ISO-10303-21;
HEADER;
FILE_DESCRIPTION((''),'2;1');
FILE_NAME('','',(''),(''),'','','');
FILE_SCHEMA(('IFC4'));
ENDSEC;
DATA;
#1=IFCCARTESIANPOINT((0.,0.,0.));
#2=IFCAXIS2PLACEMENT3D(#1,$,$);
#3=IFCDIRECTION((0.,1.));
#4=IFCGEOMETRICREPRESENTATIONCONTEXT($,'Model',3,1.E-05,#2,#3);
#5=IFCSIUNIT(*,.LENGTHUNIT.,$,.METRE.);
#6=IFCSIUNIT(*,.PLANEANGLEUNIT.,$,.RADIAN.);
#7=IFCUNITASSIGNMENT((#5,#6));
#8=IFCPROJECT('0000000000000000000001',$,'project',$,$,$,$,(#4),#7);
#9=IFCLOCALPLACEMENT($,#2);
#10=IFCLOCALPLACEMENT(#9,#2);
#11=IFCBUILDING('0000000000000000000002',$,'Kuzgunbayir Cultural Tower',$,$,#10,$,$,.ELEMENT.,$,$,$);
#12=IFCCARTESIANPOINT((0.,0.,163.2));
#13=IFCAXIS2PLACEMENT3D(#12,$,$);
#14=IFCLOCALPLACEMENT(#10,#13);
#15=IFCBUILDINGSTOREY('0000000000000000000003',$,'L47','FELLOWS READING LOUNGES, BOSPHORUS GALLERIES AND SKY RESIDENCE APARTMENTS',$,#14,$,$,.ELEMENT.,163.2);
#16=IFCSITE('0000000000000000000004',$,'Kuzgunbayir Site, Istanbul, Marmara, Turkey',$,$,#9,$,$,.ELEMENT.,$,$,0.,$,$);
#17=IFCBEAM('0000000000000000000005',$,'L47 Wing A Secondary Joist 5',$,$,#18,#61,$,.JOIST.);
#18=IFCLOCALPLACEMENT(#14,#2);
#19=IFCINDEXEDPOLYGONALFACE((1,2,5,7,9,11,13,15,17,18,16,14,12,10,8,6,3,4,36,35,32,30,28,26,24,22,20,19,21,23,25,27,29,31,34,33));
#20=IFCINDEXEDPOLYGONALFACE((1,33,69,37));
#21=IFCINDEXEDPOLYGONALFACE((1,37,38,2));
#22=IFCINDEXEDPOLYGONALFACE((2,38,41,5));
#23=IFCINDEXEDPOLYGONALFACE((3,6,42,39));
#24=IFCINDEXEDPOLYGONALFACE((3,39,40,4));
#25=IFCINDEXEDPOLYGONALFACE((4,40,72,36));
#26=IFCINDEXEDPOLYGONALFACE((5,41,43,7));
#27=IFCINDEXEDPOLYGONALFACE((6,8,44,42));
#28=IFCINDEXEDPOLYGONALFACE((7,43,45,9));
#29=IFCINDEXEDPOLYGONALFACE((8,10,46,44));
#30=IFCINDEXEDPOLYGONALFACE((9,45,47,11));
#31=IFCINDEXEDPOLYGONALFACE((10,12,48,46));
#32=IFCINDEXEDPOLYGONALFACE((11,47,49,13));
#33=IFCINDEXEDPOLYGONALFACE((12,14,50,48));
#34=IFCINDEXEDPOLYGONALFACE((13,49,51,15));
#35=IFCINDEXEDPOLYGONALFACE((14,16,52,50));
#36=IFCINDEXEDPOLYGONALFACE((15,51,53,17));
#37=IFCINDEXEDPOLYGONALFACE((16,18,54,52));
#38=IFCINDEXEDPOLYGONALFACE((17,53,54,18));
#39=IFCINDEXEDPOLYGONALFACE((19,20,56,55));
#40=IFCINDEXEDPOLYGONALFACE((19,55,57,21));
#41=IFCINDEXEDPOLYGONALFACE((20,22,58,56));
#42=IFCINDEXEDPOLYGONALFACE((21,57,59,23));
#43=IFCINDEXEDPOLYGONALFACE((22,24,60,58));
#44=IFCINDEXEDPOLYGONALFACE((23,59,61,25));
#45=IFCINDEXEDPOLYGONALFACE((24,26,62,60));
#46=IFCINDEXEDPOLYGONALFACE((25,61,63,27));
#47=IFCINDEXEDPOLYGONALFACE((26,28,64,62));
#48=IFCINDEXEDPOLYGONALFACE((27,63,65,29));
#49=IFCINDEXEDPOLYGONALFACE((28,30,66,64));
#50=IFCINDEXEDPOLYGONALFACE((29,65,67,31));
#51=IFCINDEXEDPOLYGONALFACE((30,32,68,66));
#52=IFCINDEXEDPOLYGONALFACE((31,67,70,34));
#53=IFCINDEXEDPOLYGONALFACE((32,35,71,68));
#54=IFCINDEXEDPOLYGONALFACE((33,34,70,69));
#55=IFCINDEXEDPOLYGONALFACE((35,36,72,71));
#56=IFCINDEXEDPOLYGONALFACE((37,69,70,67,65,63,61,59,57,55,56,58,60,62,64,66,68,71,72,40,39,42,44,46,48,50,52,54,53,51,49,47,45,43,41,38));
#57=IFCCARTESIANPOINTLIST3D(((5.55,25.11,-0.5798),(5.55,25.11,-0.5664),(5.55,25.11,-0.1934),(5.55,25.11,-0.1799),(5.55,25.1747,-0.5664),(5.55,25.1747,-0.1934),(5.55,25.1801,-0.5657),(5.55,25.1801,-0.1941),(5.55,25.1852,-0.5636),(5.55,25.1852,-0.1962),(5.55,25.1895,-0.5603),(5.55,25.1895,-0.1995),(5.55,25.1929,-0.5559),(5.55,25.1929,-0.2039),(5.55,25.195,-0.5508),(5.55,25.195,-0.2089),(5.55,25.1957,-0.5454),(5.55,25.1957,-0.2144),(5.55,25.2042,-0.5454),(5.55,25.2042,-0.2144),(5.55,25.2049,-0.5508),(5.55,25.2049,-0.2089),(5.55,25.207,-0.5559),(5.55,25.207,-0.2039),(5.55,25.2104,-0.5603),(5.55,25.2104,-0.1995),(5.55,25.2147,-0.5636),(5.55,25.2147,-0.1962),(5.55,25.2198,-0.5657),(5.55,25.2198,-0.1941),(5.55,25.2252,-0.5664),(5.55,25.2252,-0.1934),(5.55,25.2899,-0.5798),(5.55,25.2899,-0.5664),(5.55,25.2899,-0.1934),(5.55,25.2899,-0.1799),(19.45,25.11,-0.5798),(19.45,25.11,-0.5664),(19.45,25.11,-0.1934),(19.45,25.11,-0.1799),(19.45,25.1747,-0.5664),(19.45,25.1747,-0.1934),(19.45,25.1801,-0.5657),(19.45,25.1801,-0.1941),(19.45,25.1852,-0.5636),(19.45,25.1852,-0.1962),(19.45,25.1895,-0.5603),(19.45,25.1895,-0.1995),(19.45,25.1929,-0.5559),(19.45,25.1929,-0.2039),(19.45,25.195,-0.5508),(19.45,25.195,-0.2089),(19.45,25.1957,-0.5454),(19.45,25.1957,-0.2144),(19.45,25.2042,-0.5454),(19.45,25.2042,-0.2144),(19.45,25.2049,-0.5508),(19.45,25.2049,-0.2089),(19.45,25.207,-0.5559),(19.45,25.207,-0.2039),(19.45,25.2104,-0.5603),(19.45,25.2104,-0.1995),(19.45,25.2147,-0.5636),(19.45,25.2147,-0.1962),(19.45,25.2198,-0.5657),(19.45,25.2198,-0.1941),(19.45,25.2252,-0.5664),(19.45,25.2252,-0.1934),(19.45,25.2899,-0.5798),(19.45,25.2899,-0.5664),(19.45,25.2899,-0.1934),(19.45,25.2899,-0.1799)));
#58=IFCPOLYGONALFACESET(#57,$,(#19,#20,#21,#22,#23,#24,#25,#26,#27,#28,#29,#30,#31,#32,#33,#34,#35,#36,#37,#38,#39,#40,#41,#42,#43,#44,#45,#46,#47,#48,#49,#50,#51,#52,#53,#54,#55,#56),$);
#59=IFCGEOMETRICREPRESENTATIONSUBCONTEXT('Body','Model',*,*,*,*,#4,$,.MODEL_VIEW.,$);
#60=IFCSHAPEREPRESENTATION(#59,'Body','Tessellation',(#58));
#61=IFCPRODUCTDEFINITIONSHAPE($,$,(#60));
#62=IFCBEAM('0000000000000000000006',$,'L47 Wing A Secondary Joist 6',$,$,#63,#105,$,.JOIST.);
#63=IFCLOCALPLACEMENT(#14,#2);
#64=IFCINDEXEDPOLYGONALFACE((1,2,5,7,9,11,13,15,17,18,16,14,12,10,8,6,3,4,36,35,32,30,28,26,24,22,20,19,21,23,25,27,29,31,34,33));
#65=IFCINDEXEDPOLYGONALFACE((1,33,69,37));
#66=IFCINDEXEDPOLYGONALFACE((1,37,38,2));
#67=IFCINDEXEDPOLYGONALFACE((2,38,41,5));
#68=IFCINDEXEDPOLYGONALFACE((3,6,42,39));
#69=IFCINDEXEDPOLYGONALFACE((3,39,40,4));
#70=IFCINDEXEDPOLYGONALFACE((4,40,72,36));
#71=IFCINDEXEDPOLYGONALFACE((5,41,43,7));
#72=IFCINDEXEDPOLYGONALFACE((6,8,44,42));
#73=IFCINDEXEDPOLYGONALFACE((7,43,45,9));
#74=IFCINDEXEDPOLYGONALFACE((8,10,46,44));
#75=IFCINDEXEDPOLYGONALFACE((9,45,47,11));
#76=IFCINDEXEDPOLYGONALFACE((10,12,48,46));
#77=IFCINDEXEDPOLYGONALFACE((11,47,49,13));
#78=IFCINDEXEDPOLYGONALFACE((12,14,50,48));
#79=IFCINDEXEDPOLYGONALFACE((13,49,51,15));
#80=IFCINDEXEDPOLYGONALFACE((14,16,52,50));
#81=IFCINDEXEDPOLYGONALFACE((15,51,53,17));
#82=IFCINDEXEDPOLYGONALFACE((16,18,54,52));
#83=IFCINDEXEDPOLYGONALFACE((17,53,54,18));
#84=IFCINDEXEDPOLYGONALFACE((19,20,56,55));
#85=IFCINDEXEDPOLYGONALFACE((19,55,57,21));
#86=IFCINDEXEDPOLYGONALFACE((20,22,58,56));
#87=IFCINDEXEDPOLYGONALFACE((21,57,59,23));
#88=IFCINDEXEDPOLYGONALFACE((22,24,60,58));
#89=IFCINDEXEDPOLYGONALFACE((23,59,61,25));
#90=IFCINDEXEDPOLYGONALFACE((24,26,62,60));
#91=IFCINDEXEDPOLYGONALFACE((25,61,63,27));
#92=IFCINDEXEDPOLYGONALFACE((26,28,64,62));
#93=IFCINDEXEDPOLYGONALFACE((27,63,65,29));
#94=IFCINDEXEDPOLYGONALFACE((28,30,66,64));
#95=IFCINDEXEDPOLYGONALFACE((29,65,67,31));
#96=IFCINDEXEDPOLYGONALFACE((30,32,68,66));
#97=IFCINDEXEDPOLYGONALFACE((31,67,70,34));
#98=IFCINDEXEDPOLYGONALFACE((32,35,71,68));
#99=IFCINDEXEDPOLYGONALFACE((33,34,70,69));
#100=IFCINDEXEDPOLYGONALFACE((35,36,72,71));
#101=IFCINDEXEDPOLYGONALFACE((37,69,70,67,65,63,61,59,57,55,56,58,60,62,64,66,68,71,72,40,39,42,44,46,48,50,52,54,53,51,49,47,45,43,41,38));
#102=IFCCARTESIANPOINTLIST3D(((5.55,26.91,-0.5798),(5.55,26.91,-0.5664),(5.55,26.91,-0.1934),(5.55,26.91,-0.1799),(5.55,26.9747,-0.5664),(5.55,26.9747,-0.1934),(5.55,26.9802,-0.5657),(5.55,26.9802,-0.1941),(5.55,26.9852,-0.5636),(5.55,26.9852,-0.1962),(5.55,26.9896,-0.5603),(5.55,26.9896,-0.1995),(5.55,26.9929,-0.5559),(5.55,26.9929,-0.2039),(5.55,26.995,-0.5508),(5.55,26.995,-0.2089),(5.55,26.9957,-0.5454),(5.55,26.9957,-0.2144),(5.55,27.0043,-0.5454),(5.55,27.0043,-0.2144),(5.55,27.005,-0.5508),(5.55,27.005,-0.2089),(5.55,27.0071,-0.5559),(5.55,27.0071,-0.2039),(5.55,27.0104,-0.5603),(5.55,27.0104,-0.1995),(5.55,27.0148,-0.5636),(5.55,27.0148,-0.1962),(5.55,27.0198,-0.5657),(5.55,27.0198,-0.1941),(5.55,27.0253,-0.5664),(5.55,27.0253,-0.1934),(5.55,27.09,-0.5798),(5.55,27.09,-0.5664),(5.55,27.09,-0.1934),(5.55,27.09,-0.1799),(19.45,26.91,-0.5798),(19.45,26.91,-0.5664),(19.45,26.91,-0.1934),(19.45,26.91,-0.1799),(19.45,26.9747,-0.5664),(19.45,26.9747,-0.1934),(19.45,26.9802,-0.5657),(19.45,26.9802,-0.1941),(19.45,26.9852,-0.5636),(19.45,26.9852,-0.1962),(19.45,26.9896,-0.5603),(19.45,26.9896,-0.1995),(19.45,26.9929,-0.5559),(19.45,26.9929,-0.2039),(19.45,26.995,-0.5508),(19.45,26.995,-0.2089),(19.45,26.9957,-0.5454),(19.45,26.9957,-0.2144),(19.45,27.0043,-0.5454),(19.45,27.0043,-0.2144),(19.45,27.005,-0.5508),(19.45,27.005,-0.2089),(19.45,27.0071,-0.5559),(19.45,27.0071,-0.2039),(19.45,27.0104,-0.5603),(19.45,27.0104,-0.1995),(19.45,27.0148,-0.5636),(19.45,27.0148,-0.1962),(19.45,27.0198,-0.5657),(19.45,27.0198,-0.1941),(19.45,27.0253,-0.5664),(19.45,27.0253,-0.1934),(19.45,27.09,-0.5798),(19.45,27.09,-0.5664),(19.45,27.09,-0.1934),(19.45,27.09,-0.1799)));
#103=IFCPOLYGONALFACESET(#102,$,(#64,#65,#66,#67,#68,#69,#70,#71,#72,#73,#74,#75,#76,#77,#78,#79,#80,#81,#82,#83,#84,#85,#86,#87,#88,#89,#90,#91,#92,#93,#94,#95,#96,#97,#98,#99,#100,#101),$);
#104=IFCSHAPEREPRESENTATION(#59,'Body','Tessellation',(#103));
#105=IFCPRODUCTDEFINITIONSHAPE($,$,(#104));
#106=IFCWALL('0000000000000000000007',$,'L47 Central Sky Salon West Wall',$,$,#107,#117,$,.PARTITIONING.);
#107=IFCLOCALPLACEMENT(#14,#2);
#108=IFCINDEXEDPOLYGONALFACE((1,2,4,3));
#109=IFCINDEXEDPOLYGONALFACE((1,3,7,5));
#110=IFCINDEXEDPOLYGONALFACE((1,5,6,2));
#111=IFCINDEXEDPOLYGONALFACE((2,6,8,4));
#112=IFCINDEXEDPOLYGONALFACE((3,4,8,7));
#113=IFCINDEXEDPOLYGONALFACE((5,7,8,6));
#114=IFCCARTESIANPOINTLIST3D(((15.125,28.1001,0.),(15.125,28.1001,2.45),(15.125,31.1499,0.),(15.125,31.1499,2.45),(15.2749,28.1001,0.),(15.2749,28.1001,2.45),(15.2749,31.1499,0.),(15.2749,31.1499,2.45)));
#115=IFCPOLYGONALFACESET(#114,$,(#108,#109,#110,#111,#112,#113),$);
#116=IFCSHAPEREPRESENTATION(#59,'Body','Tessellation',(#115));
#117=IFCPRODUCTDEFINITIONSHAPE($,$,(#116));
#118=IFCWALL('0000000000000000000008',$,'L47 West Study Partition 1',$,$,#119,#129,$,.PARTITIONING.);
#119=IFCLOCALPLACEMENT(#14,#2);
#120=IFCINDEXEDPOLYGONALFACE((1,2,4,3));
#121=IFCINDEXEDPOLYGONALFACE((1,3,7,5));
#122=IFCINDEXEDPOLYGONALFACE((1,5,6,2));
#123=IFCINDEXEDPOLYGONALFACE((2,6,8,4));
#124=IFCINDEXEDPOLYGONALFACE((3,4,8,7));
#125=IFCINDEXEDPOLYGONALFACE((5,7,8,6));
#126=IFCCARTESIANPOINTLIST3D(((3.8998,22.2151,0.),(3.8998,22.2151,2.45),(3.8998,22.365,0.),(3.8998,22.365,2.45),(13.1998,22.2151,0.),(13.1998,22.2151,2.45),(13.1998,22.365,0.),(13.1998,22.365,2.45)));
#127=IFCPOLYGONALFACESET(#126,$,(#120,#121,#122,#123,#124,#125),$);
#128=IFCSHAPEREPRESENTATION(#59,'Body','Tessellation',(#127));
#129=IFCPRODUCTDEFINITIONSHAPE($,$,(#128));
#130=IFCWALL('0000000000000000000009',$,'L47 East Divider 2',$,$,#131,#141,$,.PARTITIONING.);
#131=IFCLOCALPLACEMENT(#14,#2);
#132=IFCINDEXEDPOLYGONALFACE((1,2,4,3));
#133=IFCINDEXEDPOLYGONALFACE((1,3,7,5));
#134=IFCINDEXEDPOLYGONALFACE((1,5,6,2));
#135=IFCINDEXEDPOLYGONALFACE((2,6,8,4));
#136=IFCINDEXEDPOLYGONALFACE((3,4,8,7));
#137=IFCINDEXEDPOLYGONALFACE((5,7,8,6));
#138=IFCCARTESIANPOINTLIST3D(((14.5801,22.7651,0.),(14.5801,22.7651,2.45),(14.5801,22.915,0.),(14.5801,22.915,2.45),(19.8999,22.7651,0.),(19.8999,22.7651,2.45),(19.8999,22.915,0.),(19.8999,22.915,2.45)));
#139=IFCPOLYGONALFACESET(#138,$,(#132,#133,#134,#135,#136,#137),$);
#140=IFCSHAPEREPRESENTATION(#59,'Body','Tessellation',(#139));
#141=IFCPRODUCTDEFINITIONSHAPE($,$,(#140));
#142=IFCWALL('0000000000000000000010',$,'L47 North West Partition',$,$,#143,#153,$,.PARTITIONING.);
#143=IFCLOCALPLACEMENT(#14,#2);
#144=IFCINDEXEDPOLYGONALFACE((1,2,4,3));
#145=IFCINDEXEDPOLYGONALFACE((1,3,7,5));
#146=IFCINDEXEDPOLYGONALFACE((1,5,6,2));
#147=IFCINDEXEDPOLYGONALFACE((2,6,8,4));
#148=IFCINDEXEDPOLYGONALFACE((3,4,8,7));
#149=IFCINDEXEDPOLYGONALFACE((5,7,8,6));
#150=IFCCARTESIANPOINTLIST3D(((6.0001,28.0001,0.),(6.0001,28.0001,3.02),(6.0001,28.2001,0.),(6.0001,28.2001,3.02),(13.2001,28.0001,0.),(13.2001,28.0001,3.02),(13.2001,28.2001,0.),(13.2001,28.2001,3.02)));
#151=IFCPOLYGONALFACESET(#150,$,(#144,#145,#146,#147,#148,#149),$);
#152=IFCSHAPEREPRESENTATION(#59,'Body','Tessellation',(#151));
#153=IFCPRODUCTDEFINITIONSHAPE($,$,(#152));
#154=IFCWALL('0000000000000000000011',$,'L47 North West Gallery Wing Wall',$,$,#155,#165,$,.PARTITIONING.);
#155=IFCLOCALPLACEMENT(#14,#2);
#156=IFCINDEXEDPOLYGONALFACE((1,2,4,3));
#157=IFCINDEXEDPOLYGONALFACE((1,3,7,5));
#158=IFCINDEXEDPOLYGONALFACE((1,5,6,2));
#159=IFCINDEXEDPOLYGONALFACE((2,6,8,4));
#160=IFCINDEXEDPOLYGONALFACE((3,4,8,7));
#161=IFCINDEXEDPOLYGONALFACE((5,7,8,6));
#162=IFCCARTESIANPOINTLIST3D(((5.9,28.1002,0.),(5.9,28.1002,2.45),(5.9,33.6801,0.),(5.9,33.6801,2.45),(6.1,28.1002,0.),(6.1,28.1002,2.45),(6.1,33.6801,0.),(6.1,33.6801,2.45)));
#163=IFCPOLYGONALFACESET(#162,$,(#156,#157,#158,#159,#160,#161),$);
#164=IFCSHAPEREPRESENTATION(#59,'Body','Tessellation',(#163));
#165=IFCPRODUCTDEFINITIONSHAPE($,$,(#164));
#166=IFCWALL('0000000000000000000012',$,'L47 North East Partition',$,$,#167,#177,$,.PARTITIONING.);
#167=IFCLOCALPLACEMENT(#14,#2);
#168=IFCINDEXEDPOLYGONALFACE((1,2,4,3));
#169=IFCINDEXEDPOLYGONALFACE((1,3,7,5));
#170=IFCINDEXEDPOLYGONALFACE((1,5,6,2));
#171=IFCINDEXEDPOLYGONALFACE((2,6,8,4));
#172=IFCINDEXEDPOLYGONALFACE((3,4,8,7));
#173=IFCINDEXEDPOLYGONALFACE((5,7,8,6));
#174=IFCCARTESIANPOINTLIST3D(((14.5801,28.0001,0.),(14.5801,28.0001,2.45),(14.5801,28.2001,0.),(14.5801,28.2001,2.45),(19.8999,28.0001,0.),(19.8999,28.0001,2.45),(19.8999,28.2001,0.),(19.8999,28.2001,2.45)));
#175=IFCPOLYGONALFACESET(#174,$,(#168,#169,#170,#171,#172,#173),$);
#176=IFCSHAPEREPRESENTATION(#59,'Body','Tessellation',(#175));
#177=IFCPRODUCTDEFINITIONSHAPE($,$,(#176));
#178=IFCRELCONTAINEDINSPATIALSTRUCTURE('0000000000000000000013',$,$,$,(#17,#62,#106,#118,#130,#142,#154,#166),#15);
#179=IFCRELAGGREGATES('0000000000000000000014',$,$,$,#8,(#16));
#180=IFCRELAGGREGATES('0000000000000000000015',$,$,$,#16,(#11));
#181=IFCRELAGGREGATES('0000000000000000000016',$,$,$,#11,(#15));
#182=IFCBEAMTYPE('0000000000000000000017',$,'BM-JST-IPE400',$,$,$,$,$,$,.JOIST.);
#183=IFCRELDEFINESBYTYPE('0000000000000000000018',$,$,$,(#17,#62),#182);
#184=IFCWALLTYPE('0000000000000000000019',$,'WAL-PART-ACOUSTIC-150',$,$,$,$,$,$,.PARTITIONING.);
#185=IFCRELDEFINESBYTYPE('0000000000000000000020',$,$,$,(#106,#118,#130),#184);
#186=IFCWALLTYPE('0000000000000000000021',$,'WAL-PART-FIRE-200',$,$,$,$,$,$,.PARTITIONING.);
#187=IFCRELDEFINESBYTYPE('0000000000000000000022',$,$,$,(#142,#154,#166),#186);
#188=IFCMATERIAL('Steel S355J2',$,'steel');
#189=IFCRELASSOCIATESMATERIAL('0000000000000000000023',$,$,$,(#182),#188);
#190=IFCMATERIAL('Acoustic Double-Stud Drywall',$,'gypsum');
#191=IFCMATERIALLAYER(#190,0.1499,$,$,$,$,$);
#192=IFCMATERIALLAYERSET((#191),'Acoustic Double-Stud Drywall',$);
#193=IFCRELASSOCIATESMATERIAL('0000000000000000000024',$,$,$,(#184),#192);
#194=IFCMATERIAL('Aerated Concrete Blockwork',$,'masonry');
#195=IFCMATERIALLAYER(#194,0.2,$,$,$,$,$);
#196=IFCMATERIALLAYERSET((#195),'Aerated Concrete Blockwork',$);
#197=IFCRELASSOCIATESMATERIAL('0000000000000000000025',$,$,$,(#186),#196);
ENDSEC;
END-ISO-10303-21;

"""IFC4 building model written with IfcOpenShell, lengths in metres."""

from ifc_helpers import new_model, si_unit, direction, frame, frame_2d, origin, origin_2d, place, context, subcontext, project, spatial, rectangle, i_section, extrude, material, layer, layer_set, material_profile, profile_set, type_object, element, save


model = new_model("IFC4")

# Units and contexts
model_context = context("Model", 3, precision=1e-05, world=origin(), true_north=direction((0.0, 1.0)))
body_context = subcontext(model_context, "Body", "Model", "MODEL_VIEW")
ifc_project = project(units=[si_unit("LENGTHUNIT", "METRE"), si_unit("PLANEANGLEUNIT", "RADIAN")], contexts=[model_context])

# Site, building, storey
site_placement = place(None, origin())
site = spatial("IfcSite", under=ifc_project, at=site_placement, Name="Kuzgunbayir Site, Istanbul, Marmara, Turkey", CompositionType="ELEMENT", RefElevation=0.0)
building_placement = place(site_placement, origin())
building = spatial("IfcBuilding", under=site, at=building_placement, Name="Kuzgunbayir Cultural Tower", CompositionType="ELEMENT")
storey_placement = place(building_placement, frame((0.0, 0.0, 163.2)))
storey = spatial("IfcBuildingStorey", under=building, at=storey_placement, Name="L47", Description="FELLOWS READING LOUNGES, BOSPHORUS GALLERIES AND SKY RESIDENCE APARTMENTS", CompositionType="ELEMENT", Elevation=163.2)

# Beams
ifc_material_1 = material(Name="Steel S355J2", Category="steel")
ifc_material_profile_1 = material_profile(ifc_material_1, i_section(OverallWidth=0.1799, OverallDepth=0.3999, WebThickness=0.0085, FlangeThickness=0.0134, FilletRadius=0.021, at=origin_2d()), Name="IPE 400")
ifc_profile_set_1 = profile_set([ifc_material_profile_1], Name="Steel S355J2")
beam_type_1 = type_object("IfcBeamType", Name="BM-JST-IPE400", PredefinedType="JOIST", material=ifc_profile_set_1)
for number, where, z_axis, x_axis, name in (
    (1, (5.55, 25.2, -0.3799), (1.0, 0.0, 0.0), (0.0, 1.0, 0.0), "L47 Wing A Secondary Joist 5"),
    (2, (5.55, 27.0, -0.3799), (1.0, 0.0, 0.0), (0.0, 1.0, 0.0), "L47 Wing A Secondary Joist 6"),
):
    element("IfcBeam", number, at=place(storey_placement, frame(where, z_axis=z_axis, x_axis=x_axis)), inside=storey, type_object=beam_type_1, Name=name, PredefinedType="JOIST", context=body_context, shape_type="SweptSolid", body=[
        extrude(i_section(OverallWidth=0.1799, OverallDepth=0.3999, WebThickness=0.0085, FlangeThickness=0.0134, FilletRadius=0.021, at=origin_2d()), origin(), (0.0, 0.0, 1.0), 13.8999),
    ])

# Walls
ifc_material_2 = material(Name="Acoustic Double-Stud Drywall", Category="gypsum")
ifc_layer_1 = layer(ifc_material_2, 0.1499)
ifc_layer_set_1 = layer_set([ifc_layer_1], Name="Acoustic Double-Stud Drywall")
wall_type_1 = type_object("IfcWallType", Name="WAL-PART-ACOUSTIC-150", PredefinedType="PARTITIONING", material=ifc_layer_set_1)
wall_1_placement = place(storey_placement, frame((15.2, 28.1001, 0.0), z_axis=(0.0, 0.0, 1.0), x_axis=(0.0, 1.0, 0.0)))
element("IfcWall", 3, at=wall_1_placement, inside=storey, type_object=wall_type_1, Name="L47 Central Sky Salon West Wall", PredefinedType="PARTITIONING", context=body_context, shape_type="SweptSolid", body=[
    extrude(rectangle(XDim=3.0498, YDim=0.1499, at=frame_2d((1.5249, 0.0))), origin(), (0.0, 0.0, 1.0), 2.45),
])
wall_2_placement = place(storey_placement, frame((3.8999, 22.29, 0.0), z_axis=(0.0, 0.0, 1.0), x_axis=(1.0, 0.0, 0.0)))
element("IfcWall", 4, at=wall_2_placement, inside=storey, type_object=wall_type_1, Name="L47 West Study Partition 1", PredefinedType="PARTITIONING", context=body_context, shape_type="SweptSolid", body=[
    extrude(rectangle(XDim=9.3, YDim=0.1499, at=frame_2d((4.6499, 0.0))), origin(), (0.0, 0.0, 1.0), 2.45),
])
wall_3_placement = place(storey_placement, frame((14.5801, 22.8401, 0.0), z_axis=(0.0, 0.0, 1.0), x_axis=(1.0, 0.0, 0.0)))
element("IfcWall", 5, at=wall_3_placement, inside=storey, type_object=wall_type_1, Name="L47 East Divider 2", PredefinedType="PARTITIONING", context=body_context, shape_type="SweptSolid", body=[
    extrude(rectangle(XDim=5.3198, YDim=0.1499, at=frame_2d((2.6599, 0.0))), origin(), (0.0, 0.0, 1.0), 2.45),
])
ifc_material_3 = material(Name="Aerated Concrete Blockwork", Category="masonry")
ifc_layer_2 = layer(ifc_material_3, 0.2)
ifc_layer_set_2 = layer_set([ifc_layer_2], Name="Aerated Concrete Blockwork")
wall_type_2 = type_object("IfcWallType", Name="WAL-PART-FIRE-200", PredefinedType="PARTITIONING", material=ifc_layer_set_2)
wall_4_placement = place(storey_placement, frame((6.0, 28.1001, 0.0), z_axis=(0.0, 0.0, 1.0), x_axis=(1.0, 0.0, 0.0)))
element("IfcWall", 6, at=wall_4_placement, inside=storey, type_object=wall_type_2, Name="L47 North West Partition", PredefinedType="PARTITIONING", context=body_context, shape_type="SweptSolid", body=[
    extrude(rectangle(XDim=7.2, YDim=0.2, at=frame_2d((3.6001, 0.0))), origin(), (0.0, 0.0, 1.0), 3.02),
])
wall_5_placement = place(storey_placement, frame((6.0, 28.1001, 0.0), z_axis=(0.0, 0.0, 1.0), x_axis=(0.0, 1.0, 0.0)))
element("IfcWall", 7, at=wall_5_placement, inside=storey, type_object=wall_type_2, Name="L47 North West Gallery Wing Wall", PredefinedType="PARTITIONING", context=body_context, shape_type="SweptSolid", body=[
    extrude(rectangle(XDim=5.5798, YDim=0.2, at=frame_2d((2.79, 0.0))), origin(), (0.0, 0.0, 1.0), 2.45),
])
wall_6_placement = place(storey_placement, frame((14.5801, 28.1001, 0.0), z_axis=(0.0, 0.0, 1.0), x_axis=(1.0, 0.0, 0.0)))
element("IfcWall", 8, at=wall_6_placement, inside=storey, type_object=wall_type_2, Name="L47 North East Partition", PredefinedType="PARTITIONING", context=body_context, shape_type="SweptSolid", body=[
    extrude(rectangle(XDim=5.3198, YDim=0.2, at=frame_2d((2.6599, 0.0))), origin(), (0.0, 0.0, 1.0), 2.45),
])

save(model, "model.ifc")
